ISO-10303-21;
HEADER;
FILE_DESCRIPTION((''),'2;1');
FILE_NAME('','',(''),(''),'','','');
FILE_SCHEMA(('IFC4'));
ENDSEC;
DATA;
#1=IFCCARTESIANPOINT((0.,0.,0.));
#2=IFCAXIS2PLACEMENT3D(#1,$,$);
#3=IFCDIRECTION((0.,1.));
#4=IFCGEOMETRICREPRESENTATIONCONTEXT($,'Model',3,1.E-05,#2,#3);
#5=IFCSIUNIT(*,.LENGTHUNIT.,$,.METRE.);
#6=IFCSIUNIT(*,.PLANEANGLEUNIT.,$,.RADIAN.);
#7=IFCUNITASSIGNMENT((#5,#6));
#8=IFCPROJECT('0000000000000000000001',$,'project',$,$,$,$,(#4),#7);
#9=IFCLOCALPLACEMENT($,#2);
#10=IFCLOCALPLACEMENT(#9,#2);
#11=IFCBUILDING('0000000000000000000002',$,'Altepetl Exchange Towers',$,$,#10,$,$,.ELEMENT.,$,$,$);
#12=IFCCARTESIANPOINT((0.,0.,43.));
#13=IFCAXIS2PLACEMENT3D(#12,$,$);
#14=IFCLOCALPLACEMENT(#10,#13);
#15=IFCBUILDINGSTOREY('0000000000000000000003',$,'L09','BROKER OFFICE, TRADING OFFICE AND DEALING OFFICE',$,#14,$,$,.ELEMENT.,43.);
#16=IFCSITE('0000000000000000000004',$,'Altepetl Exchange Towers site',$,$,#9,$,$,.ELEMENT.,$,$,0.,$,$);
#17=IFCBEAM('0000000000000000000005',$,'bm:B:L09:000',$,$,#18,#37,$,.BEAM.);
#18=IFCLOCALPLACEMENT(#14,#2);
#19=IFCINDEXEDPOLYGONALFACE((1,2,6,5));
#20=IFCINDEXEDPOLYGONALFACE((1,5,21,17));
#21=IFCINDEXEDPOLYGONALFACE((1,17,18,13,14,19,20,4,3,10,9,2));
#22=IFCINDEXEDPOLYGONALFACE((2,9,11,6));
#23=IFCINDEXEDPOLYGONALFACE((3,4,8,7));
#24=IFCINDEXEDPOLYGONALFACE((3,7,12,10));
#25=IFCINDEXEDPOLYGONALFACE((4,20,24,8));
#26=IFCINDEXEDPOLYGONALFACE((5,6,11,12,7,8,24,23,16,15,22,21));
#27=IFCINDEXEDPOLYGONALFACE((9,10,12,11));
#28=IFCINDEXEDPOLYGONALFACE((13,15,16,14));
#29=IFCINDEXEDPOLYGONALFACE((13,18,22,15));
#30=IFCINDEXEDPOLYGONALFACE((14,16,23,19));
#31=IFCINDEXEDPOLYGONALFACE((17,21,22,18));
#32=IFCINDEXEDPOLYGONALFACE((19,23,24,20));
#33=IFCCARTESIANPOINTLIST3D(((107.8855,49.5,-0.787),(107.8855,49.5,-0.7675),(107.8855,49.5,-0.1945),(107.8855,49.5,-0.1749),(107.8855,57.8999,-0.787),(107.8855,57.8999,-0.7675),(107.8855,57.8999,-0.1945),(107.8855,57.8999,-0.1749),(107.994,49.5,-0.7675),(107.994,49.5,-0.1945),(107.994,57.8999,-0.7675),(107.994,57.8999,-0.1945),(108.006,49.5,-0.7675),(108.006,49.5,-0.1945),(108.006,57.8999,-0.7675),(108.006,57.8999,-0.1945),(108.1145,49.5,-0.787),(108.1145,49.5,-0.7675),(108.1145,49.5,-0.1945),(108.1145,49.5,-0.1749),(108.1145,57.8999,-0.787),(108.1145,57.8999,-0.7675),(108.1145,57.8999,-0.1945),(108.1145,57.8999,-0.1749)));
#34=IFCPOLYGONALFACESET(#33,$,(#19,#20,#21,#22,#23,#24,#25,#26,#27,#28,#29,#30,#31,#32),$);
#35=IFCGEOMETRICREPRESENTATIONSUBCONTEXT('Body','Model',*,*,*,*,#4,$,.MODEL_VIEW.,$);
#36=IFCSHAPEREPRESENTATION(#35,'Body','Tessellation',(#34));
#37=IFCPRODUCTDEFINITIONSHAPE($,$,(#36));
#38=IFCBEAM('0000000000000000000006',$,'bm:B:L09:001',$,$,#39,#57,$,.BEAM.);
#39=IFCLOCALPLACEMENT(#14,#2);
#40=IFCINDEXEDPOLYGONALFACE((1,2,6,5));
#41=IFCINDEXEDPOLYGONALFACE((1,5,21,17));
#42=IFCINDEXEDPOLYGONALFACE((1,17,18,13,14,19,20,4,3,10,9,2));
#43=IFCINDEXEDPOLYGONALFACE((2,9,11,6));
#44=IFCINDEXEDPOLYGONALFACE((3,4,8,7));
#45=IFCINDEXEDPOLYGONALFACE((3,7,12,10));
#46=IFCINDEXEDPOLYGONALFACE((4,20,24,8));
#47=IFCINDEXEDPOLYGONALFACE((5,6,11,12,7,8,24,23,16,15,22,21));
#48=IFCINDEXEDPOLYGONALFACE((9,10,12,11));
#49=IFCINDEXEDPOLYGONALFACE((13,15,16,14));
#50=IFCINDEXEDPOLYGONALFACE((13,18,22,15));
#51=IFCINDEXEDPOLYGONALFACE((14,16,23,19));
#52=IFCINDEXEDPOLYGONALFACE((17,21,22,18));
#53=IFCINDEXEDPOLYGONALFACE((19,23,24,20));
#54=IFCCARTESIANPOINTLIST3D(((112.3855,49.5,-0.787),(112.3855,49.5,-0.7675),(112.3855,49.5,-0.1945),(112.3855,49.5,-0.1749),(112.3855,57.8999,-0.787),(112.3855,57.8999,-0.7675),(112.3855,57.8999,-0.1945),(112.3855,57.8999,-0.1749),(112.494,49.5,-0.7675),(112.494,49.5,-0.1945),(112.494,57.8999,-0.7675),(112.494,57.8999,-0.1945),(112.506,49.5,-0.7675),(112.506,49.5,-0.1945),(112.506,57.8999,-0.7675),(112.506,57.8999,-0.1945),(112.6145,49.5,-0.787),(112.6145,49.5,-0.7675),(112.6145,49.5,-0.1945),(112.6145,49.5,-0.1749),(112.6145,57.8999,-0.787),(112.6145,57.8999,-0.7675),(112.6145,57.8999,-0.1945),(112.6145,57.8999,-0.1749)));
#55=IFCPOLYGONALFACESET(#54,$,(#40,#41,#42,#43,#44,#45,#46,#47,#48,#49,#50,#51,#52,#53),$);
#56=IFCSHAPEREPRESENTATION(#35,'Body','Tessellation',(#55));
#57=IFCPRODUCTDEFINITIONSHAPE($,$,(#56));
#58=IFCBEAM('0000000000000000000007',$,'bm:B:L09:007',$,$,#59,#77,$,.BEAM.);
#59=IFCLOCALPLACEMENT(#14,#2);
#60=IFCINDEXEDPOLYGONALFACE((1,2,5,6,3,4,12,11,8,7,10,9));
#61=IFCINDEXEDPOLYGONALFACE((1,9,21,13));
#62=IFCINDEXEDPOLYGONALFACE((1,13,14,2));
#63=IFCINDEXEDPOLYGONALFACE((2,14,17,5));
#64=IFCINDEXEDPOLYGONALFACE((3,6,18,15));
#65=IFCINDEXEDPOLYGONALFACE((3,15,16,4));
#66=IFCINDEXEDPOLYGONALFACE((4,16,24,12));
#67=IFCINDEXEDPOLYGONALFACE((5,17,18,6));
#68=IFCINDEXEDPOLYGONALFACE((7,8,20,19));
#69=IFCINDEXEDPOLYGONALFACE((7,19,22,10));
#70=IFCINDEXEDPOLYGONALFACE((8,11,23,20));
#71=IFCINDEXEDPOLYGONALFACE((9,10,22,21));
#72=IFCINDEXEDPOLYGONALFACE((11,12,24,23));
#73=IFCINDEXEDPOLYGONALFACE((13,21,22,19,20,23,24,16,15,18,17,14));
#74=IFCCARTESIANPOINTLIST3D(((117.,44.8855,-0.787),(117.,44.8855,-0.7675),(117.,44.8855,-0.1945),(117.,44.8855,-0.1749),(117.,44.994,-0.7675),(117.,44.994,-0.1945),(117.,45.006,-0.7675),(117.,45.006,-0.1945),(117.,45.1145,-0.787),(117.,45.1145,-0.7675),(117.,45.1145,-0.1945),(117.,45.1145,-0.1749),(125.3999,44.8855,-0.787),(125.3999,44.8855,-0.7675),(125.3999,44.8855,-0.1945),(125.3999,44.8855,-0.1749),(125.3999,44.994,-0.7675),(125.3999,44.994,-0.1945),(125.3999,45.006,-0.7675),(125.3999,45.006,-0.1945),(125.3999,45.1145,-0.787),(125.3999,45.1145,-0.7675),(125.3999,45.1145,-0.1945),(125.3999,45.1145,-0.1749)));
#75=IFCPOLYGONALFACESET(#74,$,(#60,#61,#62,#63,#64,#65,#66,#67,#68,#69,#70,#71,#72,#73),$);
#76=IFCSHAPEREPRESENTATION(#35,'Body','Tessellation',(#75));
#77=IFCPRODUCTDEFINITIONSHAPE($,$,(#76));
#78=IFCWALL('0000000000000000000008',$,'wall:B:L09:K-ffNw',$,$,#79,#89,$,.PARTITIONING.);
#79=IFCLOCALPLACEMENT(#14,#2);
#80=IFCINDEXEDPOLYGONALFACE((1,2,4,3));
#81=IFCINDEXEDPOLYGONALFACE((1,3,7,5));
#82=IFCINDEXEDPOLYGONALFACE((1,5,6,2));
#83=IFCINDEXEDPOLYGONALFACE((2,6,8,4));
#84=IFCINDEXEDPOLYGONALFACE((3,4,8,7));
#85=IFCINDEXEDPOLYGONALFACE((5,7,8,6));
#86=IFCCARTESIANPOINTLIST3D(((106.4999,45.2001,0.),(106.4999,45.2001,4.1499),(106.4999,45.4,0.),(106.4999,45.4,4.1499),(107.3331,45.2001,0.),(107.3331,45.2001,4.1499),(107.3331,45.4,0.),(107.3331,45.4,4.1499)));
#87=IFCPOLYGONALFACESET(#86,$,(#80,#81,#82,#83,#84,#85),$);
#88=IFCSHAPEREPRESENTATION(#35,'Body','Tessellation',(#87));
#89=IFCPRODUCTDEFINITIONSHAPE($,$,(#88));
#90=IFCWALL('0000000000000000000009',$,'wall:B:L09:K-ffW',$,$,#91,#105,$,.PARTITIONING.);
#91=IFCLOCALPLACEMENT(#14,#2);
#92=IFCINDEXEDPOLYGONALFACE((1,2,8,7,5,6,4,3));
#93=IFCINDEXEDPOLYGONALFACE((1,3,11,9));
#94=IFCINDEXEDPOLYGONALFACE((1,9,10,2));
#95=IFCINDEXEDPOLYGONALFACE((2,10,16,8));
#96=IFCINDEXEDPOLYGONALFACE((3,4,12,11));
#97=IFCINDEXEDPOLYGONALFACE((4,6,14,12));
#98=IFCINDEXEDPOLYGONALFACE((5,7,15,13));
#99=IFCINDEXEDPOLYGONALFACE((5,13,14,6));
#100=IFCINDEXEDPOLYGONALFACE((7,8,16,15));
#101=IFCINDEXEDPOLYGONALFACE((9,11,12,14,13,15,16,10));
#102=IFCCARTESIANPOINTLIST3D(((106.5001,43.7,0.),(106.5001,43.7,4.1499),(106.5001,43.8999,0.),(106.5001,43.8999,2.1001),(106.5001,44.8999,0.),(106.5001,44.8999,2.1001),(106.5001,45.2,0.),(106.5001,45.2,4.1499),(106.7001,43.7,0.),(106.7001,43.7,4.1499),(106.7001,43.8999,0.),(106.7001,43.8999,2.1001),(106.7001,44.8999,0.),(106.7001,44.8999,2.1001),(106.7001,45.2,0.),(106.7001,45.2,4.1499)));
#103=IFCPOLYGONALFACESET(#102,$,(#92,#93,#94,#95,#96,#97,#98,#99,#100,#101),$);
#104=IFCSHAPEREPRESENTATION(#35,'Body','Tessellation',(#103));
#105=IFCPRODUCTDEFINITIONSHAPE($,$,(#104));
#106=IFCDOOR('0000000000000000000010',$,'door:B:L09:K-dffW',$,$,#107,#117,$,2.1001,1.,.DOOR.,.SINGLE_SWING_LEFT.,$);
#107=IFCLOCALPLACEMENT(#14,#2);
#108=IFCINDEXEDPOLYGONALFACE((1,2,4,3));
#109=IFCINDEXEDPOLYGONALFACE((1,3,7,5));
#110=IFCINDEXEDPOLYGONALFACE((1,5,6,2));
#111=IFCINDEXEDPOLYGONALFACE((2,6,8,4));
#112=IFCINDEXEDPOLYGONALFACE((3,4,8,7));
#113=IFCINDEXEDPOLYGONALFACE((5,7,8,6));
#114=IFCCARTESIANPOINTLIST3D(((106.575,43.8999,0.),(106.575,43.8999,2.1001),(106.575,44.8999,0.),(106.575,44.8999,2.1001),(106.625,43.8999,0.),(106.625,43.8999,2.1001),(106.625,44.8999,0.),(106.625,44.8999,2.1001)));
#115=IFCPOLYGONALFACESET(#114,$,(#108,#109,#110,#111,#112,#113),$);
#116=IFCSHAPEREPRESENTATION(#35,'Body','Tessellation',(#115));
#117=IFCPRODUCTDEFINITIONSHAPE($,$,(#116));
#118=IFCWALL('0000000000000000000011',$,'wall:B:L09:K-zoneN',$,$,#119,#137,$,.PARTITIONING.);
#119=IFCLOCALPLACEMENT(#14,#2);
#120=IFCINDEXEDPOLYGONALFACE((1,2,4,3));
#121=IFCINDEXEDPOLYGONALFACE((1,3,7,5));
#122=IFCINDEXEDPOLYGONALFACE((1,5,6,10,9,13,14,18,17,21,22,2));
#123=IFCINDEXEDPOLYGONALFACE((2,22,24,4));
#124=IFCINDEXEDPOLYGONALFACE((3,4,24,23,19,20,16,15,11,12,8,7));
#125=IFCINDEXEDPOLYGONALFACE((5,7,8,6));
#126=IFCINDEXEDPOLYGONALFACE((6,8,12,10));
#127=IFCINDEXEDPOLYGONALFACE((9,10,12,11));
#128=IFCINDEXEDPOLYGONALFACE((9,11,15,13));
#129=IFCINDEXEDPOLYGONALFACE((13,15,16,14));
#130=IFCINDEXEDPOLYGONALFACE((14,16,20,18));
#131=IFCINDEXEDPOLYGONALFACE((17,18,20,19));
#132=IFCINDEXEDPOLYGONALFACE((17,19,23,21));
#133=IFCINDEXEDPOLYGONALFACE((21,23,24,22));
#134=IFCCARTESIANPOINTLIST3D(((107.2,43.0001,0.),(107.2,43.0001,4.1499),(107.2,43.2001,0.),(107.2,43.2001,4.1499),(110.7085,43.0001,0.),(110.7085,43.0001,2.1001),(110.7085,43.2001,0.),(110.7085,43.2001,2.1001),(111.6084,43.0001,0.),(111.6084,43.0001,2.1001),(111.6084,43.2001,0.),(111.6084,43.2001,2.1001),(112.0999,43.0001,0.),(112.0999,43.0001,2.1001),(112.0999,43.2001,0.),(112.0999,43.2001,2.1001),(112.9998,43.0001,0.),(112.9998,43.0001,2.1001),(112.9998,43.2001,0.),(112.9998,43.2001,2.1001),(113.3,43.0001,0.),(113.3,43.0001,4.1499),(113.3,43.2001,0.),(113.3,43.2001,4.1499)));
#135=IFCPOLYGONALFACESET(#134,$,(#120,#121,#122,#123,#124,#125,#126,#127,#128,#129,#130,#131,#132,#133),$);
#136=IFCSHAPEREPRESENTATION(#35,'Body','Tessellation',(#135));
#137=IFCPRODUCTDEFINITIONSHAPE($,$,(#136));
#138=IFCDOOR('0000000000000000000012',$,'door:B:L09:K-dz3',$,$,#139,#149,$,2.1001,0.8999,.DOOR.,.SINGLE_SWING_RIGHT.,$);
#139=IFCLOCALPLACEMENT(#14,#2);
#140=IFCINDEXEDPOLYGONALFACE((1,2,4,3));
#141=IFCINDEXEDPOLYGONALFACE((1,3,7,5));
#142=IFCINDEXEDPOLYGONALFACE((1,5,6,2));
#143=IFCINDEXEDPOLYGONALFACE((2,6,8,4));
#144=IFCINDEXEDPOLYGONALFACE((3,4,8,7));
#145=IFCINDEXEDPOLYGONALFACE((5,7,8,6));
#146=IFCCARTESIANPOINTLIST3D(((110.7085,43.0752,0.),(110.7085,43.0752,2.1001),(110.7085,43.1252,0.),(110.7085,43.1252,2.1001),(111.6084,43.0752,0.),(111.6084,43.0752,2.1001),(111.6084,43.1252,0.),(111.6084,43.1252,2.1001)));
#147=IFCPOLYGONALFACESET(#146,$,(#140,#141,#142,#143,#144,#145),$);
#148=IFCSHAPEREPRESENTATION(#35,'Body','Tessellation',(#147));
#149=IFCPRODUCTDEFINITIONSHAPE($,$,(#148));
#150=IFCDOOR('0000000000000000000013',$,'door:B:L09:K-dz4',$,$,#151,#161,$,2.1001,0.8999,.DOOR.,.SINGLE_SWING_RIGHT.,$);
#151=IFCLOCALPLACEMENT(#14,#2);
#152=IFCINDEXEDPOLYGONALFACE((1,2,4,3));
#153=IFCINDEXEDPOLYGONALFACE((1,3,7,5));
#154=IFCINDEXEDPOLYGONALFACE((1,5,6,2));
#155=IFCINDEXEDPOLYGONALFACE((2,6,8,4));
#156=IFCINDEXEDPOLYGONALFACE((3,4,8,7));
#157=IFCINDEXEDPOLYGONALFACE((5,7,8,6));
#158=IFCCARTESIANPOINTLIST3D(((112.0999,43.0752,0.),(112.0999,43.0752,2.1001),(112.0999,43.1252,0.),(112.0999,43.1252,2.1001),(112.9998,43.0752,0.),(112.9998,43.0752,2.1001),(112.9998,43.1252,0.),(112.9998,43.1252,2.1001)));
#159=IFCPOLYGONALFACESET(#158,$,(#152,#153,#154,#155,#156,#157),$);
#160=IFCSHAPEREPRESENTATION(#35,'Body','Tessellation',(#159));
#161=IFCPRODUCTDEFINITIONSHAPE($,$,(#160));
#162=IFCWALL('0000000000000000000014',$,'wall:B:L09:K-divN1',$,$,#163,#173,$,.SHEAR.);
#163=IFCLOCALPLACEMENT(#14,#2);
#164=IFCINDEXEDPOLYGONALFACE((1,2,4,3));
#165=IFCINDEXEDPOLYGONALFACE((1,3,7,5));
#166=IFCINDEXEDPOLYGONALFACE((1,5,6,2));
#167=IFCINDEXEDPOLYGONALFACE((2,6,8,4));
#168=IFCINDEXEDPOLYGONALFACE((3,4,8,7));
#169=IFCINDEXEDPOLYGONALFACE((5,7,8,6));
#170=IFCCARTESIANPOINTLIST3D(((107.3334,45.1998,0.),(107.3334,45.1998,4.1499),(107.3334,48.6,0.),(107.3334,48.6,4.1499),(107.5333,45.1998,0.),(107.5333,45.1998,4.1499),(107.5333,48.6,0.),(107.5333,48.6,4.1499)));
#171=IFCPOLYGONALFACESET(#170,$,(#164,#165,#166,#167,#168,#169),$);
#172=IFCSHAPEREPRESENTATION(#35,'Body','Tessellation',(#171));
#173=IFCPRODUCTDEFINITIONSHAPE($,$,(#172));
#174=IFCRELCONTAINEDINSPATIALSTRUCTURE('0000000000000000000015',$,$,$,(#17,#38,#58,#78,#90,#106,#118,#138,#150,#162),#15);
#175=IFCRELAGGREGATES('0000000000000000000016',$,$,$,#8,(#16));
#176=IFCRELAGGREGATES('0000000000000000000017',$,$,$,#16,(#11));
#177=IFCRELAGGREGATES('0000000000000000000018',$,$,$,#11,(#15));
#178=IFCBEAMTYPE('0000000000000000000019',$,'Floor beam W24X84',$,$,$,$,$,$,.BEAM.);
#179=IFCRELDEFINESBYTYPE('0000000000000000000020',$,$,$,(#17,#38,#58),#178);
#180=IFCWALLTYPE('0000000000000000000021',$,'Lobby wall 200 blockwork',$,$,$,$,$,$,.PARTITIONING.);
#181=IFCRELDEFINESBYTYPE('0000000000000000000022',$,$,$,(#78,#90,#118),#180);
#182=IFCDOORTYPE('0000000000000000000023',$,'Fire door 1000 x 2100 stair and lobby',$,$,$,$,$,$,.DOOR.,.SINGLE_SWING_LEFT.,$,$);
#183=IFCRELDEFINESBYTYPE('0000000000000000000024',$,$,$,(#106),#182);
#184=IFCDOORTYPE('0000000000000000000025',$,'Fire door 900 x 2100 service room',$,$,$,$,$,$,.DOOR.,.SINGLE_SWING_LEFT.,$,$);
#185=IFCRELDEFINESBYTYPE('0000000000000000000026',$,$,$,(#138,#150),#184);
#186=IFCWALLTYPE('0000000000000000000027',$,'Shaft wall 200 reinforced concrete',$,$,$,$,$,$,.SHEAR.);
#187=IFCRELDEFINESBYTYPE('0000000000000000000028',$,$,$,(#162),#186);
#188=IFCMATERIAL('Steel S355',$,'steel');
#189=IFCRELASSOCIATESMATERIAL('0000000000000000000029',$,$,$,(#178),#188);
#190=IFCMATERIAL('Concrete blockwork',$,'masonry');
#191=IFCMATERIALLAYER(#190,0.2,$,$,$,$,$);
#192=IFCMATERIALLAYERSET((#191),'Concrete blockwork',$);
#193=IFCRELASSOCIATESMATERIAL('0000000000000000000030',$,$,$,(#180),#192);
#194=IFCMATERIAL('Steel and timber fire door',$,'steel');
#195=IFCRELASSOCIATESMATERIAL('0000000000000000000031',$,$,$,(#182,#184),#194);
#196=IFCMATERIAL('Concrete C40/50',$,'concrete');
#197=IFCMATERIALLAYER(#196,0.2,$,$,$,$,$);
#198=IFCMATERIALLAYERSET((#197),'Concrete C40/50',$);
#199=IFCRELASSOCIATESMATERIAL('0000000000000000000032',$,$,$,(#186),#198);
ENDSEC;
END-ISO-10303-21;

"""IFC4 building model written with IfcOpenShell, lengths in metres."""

from ifc_helpers import new_model, si_unit, direction, frame, frame_2d, origin, origin_2d, place, context, subcontext, project, spatial, rectangle, i_section, extrude, material, layer, layer_set, material_profile, profile_set, type_object, element, fill, save


model = new_model("IFC4")

# Units and contexts
model_context = context("Model", 3, precision=1e-05, world=origin(), true_north=direction((0.0, 1.0)))
body_context = subcontext(model_context, "Body", "Model", "MODEL_VIEW")
ifc_project = project(units=[si_unit("LENGTHUNIT", "METRE"), si_unit("PLANEANGLEUNIT", "RADIAN")], contexts=[model_context])

# Site, building, storey
site_placement = place(None, origin())
site = spatial("IfcSite", under=ifc_project, at=site_placement, Name="Altepetl Exchange Towers site", CompositionType="ELEMENT", RefElevation=0.0)
building_placement = place(site_placement, origin())
building = spatial("IfcBuilding", under=site, at=building_placement, Name="Altepetl Exchange Towers", CompositionType="ELEMENT")
storey_placement = place(building_placement, frame((0.0, 0.0, 43.0)))
storey = spatial("IfcBuildingStorey", under=building, at=storey_placement, Name="L09", Description="BROKER OFFICE, TRADING OFFICE AND DEALING OFFICE", CompositionType="ELEMENT", Elevation=43.0)

# Beams
ifc_material_1 = material(Name="Steel S355", Category="steel")
ifc_material_profile = material_profile(ifc_material_1, i_section(OverallWidth=0.229, OverallDepth=0.6121, WebThickness=0.012, FlangeThickness=0.0195, at=origin_2d()), Name="W24X84")
ifc_profile_set = profile_set([ifc_material_profile], Name="Steel S355")
beam_type = type_object("IfcBeamType", Name="Floor beam W24X84", PredefinedType="BEAM", material=ifc_profile_set)
for number, where, z_axis, x_axis, name in (
    (1, (108.0, 49.5, -0.481), (0.0, 1.0, 0.0), (-1.0, 0.0, 0.0), "bm:B:L09:000"),
    (2, (112.5, 49.5, -0.481), (0.0, 1.0, 0.0), (-1.0, 0.0, 0.0), "bm:B:L09:001"),
    (3, (117.0, 45.0, -0.481), (1.0, 0.0, 0.0), (0.0, 1.0, 0.0), "bm:B:L09:007"),
):
    element("IfcBeam", number, at=place(storey_placement, frame(where, z_axis=z_axis, x_axis=x_axis)), inside=storey, type_object=beam_type, Name=name, PredefinedType="BEAM", context=body_context, shape_type="SweptSolid", body=[
        extrude(i_section(OverallWidth=0.229, OverallDepth=0.6121, WebThickness=0.012, FlangeThickness=0.0195, at=origin_2d()), origin(), (0.0, 0.0, 1.0), 8.3999),
    ])

# Wall
ifc_material_2 = material(Name="Concrete blockwork", Category="masonry")
ifc_layer_1 = layer(ifc_material_2, 0.2)
ifc_layer_set_1 = layer_set([ifc_layer_1], Name="Concrete blockwork")
wall_type_1 = type_object("IfcWallType", Name="Lobby wall 200 blockwork", PredefinedType="PARTITIONING", material=ifc_layer_set_1)
wall_1_placement = place(storey_placement, frame((106.5, 45.3, 0.0)))
element("IfcWall", 4, at=wall_1_placement, inside=storey, type_object=wall_type_1, Name="wall:B:L09:K-ffNw", PredefinedType="PARTITIONING", context=body_context, shape_type="SweptSolid", body=[
    extrude(rectangle(XDim=0.8333, YDim=0.2, at=frame_2d((0.4165, 0.0))), origin(), (0.0, 0.0, 1.0), 4.1499),
])

# Wall, opening, door
wall_2_placement = place(storey_placement, frame((106.6001, 43.7, 0.0), z_axis=(0.0, 0.0, 1.0), x_axis=(0.0, 1.0, 0.0)))
wall_2 = element("IfcWall", 5, at=wall_2_placement, inside=storey, type_object=wall_type_1, Name="wall:B:L09:K-ffW", PredefinedType="PARTITIONING", context=body_context, shape_type="SweptSolid", body=[
    extrude(rectangle(XDim=1.5, YDim=0.2, at=frame_2d((0.75, 0.0))), origin(), (0.0, 0.0, 1.0), 4.1499),
])
opening_1_placement = place(wall_2_placement, frame((0.2, 0.0, 0.0)))
opening_1 = element("IfcOpeningElement", 6, at=opening_1_placement, cuts=wall_2, PredefinedType="OPENING", context=body_context, shape_type="SweptSolid", body=[
    extrude(rectangle(XDim=1.0, YDim=2.1001, at=frame_2d((0.5, 1.05))), frame((0.0, 0.1099, 0.0), z_axis=(0.0, -1.0, 0.0), x_axis=(1.0, 0.0, 0.0)), (0.0, 0.0, 1.0), 0.22),
])
ifc_material_3 = material(Name="Steel and timber fire door", Category="steel")
door_type_1 = type_object("IfcDoorType", Name="Fire door 1000 x 2100 stair and lobby", OperationType="SINGLE_SWING_LEFT", PredefinedType="DOOR", material=ifc_material_3)
door_1_placement = place(opening_1_placement, frame((1.0, 0.0, 0.0), x_axis=(-1.0, 0.0, 0.0)))
door_1 = element("IfcDoor", 7, at=door_1_placement, inside=storey, type_object=door_type_1, Name="door:B:L09:K-dffW", OperationType="SINGLE_SWING_LEFT", OverallHeight=2.1001, OverallWidth=1.0, PredefinedType="DOOR", context=body_context, shape_type="SweptSolid", body=[
    extrude(rectangle(XDim=1.0, YDim=2.1001, at=frame_2d((0.5, 1.05))), frame((0.0, 0.0249, 0.0), z_axis=(0.0, -1.0, 0.0), x_axis=(1.0, 0.0, 0.0)), (0.0, 0.0, 1.0), 0.05),
])
fill(opening_1, door_1)

# Wall, openings, doors
wall_3_placement = place(storey_placement, frame((107.2, 43.1001, 0.0)))
wall_3 = element("IfcWall", 8, at=wall_3_placement, inside=storey, type_object=wall_type_1, Name="wall:B:L09:K-zoneN", PredefinedType="PARTITIONING", context=body_context, shape_type="SweptSolid", body=[
    extrude(rectangle(XDim=6.1001, YDim=0.2, at=frame_2d((3.05, 0.0))), origin(), (0.0, 0.0, 1.0), 4.1499),
])
opening_2_placement = place(wall_3_placement, frame((3.5085, 0.0, 0.0)))
opening_2 = element("IfcOpeningElement", 9, at=opening_2_placement, cuts=wall_3, PredefinedType="OPENING", context=body_context, shape_type="SweptSolid", body=[
    extrude(rectangle(XDim=0.8999, YDim=2.1001, at=frame_2d((0.45, 1.05))), frame((0.0, 0.1099, 0.0), z_axis=(0.0, -1.0, 0.0), x_axis=(1.0, 0.0, 0.0)), (0.0, 0.0, 1.0), 0.22),
])
opening_3_placement = place(wall_3_placement, frame((4.8999, 0.0, 0.0)))
opening_3 = element("IfcOpeningElement", 10, at=opening_3_placement, cuts=wall_3, PredefinedType="OPENING", context=body_context, shape_type="SweptSolid", body=[
    extrude(rectangle(XDim=0.8999, YDim=2.1001, at=frame_2d((0.45, 1.05))), frame((0.0, 0.1099, 0.0), z_axis=(0.0, -1.0, 0.0), x_axis=(1.0, 0.0, 0.0)), (0.0, 0.0, 1.0), 0.22),
])
door_type_2 = type_object("IfcDoorType", Name="Fire door 900 x 2100 service room", OperationType="SINGLE_SWING_LEFT", PredefinedType="DOOR", material=ifc_material_3)
door_2_placement = place(opening_2_placement, frame((0.8999, 0.0, 0.0), x_axis=(-1.0, 0.0, 0.0)))
door_2 = element("IfcDoor", 11, at=door_2_placement, inside=storey, type_object=door_type_2, Name="door:B:L09:K-dz3", OperationType="SINGLE_SWING_RIGHT", OverallHeight=2.1001, OverallWidth=0.8999, PredefinedType="DOOR", context=body_context, shape_type="SweptSolid", body=[
    extrude(rectangle(XDim=0.8999, YDim=2.1001, at=frame_2d((0.45, 1.05))), frame((0.0, 0.0249, 0.0), z_axis=(0.0, -1.0, 0.0), x_axis=(1.0, 0.0, 0.0)), (0.0, 0.0, 1.0), 0.05),
])
fill(opening_2, door_2)
door_3_placement = place(opening_3_placement, frame((0.8999, 0.0, 0.0), x_axis=(-1.0, 0.0, 0.0)))
door_3 = element("IfcDoor", 12, at=door_3_placement, inside=storey, type_object=door_type_2, Name="door:B:L09:K-dz4", OperationType="SINGLE_SWING_RIGHT", OverallHeight=2.1001, OverallWidth=0.8999, PredefinedType="DOOR", context=body_context, shape_type="SweptSolid", body=[
    extrude(rectangle(XDim=0.8999, YDim=2.1001, at=frame_2d((0.45, 1.05))), frame((0.0, 0.0249, 0.0), z_axis=(0.0, -1.0, 0.0), x_axis=(1.0, 0.0, 0.0)), (0.0, 0.0, 1.0), 0.05),
])
fill(opening_3, door_3)

# Wall
ifc_material_4 = material(Name="Concrete C40/50", Category="concrete")
ifc_layer_2 = layer(ifc_material_4, 0.2)
ifc_layer_set_2 = layer_set([ifc_layer_2], Name="Concrete C40/50")
wall_type_2 = type_object("IfcWallType", Name="Shaft wall 200 reinforced concrete", PredefinedType="SHEAR", material=ifc_layer_set_2)
wall_4_placement = place(storey_placement, frame((107.4333, 48.6001, 0.0), z_axis=(0.0, 0.0, 1.0), x_axis=(0.0, -1.0, 0.0)))
element("IfcWall", 13, at=wall_4_placement, inside=storey, type_object=wall_type_2, Name="wall:B:L09:K-divN1", PredefinedType="SHEAR", context=body_context, shape_type="SweptSolid", body=[
    extrude(rectangle(XDim=3.4001, YDim=0.2, at=frame_2d((1.7002, 0.0))), origin(), (0.0, 0.0, 1.0), 4.1499),
])

save(model, "model.ifc")
